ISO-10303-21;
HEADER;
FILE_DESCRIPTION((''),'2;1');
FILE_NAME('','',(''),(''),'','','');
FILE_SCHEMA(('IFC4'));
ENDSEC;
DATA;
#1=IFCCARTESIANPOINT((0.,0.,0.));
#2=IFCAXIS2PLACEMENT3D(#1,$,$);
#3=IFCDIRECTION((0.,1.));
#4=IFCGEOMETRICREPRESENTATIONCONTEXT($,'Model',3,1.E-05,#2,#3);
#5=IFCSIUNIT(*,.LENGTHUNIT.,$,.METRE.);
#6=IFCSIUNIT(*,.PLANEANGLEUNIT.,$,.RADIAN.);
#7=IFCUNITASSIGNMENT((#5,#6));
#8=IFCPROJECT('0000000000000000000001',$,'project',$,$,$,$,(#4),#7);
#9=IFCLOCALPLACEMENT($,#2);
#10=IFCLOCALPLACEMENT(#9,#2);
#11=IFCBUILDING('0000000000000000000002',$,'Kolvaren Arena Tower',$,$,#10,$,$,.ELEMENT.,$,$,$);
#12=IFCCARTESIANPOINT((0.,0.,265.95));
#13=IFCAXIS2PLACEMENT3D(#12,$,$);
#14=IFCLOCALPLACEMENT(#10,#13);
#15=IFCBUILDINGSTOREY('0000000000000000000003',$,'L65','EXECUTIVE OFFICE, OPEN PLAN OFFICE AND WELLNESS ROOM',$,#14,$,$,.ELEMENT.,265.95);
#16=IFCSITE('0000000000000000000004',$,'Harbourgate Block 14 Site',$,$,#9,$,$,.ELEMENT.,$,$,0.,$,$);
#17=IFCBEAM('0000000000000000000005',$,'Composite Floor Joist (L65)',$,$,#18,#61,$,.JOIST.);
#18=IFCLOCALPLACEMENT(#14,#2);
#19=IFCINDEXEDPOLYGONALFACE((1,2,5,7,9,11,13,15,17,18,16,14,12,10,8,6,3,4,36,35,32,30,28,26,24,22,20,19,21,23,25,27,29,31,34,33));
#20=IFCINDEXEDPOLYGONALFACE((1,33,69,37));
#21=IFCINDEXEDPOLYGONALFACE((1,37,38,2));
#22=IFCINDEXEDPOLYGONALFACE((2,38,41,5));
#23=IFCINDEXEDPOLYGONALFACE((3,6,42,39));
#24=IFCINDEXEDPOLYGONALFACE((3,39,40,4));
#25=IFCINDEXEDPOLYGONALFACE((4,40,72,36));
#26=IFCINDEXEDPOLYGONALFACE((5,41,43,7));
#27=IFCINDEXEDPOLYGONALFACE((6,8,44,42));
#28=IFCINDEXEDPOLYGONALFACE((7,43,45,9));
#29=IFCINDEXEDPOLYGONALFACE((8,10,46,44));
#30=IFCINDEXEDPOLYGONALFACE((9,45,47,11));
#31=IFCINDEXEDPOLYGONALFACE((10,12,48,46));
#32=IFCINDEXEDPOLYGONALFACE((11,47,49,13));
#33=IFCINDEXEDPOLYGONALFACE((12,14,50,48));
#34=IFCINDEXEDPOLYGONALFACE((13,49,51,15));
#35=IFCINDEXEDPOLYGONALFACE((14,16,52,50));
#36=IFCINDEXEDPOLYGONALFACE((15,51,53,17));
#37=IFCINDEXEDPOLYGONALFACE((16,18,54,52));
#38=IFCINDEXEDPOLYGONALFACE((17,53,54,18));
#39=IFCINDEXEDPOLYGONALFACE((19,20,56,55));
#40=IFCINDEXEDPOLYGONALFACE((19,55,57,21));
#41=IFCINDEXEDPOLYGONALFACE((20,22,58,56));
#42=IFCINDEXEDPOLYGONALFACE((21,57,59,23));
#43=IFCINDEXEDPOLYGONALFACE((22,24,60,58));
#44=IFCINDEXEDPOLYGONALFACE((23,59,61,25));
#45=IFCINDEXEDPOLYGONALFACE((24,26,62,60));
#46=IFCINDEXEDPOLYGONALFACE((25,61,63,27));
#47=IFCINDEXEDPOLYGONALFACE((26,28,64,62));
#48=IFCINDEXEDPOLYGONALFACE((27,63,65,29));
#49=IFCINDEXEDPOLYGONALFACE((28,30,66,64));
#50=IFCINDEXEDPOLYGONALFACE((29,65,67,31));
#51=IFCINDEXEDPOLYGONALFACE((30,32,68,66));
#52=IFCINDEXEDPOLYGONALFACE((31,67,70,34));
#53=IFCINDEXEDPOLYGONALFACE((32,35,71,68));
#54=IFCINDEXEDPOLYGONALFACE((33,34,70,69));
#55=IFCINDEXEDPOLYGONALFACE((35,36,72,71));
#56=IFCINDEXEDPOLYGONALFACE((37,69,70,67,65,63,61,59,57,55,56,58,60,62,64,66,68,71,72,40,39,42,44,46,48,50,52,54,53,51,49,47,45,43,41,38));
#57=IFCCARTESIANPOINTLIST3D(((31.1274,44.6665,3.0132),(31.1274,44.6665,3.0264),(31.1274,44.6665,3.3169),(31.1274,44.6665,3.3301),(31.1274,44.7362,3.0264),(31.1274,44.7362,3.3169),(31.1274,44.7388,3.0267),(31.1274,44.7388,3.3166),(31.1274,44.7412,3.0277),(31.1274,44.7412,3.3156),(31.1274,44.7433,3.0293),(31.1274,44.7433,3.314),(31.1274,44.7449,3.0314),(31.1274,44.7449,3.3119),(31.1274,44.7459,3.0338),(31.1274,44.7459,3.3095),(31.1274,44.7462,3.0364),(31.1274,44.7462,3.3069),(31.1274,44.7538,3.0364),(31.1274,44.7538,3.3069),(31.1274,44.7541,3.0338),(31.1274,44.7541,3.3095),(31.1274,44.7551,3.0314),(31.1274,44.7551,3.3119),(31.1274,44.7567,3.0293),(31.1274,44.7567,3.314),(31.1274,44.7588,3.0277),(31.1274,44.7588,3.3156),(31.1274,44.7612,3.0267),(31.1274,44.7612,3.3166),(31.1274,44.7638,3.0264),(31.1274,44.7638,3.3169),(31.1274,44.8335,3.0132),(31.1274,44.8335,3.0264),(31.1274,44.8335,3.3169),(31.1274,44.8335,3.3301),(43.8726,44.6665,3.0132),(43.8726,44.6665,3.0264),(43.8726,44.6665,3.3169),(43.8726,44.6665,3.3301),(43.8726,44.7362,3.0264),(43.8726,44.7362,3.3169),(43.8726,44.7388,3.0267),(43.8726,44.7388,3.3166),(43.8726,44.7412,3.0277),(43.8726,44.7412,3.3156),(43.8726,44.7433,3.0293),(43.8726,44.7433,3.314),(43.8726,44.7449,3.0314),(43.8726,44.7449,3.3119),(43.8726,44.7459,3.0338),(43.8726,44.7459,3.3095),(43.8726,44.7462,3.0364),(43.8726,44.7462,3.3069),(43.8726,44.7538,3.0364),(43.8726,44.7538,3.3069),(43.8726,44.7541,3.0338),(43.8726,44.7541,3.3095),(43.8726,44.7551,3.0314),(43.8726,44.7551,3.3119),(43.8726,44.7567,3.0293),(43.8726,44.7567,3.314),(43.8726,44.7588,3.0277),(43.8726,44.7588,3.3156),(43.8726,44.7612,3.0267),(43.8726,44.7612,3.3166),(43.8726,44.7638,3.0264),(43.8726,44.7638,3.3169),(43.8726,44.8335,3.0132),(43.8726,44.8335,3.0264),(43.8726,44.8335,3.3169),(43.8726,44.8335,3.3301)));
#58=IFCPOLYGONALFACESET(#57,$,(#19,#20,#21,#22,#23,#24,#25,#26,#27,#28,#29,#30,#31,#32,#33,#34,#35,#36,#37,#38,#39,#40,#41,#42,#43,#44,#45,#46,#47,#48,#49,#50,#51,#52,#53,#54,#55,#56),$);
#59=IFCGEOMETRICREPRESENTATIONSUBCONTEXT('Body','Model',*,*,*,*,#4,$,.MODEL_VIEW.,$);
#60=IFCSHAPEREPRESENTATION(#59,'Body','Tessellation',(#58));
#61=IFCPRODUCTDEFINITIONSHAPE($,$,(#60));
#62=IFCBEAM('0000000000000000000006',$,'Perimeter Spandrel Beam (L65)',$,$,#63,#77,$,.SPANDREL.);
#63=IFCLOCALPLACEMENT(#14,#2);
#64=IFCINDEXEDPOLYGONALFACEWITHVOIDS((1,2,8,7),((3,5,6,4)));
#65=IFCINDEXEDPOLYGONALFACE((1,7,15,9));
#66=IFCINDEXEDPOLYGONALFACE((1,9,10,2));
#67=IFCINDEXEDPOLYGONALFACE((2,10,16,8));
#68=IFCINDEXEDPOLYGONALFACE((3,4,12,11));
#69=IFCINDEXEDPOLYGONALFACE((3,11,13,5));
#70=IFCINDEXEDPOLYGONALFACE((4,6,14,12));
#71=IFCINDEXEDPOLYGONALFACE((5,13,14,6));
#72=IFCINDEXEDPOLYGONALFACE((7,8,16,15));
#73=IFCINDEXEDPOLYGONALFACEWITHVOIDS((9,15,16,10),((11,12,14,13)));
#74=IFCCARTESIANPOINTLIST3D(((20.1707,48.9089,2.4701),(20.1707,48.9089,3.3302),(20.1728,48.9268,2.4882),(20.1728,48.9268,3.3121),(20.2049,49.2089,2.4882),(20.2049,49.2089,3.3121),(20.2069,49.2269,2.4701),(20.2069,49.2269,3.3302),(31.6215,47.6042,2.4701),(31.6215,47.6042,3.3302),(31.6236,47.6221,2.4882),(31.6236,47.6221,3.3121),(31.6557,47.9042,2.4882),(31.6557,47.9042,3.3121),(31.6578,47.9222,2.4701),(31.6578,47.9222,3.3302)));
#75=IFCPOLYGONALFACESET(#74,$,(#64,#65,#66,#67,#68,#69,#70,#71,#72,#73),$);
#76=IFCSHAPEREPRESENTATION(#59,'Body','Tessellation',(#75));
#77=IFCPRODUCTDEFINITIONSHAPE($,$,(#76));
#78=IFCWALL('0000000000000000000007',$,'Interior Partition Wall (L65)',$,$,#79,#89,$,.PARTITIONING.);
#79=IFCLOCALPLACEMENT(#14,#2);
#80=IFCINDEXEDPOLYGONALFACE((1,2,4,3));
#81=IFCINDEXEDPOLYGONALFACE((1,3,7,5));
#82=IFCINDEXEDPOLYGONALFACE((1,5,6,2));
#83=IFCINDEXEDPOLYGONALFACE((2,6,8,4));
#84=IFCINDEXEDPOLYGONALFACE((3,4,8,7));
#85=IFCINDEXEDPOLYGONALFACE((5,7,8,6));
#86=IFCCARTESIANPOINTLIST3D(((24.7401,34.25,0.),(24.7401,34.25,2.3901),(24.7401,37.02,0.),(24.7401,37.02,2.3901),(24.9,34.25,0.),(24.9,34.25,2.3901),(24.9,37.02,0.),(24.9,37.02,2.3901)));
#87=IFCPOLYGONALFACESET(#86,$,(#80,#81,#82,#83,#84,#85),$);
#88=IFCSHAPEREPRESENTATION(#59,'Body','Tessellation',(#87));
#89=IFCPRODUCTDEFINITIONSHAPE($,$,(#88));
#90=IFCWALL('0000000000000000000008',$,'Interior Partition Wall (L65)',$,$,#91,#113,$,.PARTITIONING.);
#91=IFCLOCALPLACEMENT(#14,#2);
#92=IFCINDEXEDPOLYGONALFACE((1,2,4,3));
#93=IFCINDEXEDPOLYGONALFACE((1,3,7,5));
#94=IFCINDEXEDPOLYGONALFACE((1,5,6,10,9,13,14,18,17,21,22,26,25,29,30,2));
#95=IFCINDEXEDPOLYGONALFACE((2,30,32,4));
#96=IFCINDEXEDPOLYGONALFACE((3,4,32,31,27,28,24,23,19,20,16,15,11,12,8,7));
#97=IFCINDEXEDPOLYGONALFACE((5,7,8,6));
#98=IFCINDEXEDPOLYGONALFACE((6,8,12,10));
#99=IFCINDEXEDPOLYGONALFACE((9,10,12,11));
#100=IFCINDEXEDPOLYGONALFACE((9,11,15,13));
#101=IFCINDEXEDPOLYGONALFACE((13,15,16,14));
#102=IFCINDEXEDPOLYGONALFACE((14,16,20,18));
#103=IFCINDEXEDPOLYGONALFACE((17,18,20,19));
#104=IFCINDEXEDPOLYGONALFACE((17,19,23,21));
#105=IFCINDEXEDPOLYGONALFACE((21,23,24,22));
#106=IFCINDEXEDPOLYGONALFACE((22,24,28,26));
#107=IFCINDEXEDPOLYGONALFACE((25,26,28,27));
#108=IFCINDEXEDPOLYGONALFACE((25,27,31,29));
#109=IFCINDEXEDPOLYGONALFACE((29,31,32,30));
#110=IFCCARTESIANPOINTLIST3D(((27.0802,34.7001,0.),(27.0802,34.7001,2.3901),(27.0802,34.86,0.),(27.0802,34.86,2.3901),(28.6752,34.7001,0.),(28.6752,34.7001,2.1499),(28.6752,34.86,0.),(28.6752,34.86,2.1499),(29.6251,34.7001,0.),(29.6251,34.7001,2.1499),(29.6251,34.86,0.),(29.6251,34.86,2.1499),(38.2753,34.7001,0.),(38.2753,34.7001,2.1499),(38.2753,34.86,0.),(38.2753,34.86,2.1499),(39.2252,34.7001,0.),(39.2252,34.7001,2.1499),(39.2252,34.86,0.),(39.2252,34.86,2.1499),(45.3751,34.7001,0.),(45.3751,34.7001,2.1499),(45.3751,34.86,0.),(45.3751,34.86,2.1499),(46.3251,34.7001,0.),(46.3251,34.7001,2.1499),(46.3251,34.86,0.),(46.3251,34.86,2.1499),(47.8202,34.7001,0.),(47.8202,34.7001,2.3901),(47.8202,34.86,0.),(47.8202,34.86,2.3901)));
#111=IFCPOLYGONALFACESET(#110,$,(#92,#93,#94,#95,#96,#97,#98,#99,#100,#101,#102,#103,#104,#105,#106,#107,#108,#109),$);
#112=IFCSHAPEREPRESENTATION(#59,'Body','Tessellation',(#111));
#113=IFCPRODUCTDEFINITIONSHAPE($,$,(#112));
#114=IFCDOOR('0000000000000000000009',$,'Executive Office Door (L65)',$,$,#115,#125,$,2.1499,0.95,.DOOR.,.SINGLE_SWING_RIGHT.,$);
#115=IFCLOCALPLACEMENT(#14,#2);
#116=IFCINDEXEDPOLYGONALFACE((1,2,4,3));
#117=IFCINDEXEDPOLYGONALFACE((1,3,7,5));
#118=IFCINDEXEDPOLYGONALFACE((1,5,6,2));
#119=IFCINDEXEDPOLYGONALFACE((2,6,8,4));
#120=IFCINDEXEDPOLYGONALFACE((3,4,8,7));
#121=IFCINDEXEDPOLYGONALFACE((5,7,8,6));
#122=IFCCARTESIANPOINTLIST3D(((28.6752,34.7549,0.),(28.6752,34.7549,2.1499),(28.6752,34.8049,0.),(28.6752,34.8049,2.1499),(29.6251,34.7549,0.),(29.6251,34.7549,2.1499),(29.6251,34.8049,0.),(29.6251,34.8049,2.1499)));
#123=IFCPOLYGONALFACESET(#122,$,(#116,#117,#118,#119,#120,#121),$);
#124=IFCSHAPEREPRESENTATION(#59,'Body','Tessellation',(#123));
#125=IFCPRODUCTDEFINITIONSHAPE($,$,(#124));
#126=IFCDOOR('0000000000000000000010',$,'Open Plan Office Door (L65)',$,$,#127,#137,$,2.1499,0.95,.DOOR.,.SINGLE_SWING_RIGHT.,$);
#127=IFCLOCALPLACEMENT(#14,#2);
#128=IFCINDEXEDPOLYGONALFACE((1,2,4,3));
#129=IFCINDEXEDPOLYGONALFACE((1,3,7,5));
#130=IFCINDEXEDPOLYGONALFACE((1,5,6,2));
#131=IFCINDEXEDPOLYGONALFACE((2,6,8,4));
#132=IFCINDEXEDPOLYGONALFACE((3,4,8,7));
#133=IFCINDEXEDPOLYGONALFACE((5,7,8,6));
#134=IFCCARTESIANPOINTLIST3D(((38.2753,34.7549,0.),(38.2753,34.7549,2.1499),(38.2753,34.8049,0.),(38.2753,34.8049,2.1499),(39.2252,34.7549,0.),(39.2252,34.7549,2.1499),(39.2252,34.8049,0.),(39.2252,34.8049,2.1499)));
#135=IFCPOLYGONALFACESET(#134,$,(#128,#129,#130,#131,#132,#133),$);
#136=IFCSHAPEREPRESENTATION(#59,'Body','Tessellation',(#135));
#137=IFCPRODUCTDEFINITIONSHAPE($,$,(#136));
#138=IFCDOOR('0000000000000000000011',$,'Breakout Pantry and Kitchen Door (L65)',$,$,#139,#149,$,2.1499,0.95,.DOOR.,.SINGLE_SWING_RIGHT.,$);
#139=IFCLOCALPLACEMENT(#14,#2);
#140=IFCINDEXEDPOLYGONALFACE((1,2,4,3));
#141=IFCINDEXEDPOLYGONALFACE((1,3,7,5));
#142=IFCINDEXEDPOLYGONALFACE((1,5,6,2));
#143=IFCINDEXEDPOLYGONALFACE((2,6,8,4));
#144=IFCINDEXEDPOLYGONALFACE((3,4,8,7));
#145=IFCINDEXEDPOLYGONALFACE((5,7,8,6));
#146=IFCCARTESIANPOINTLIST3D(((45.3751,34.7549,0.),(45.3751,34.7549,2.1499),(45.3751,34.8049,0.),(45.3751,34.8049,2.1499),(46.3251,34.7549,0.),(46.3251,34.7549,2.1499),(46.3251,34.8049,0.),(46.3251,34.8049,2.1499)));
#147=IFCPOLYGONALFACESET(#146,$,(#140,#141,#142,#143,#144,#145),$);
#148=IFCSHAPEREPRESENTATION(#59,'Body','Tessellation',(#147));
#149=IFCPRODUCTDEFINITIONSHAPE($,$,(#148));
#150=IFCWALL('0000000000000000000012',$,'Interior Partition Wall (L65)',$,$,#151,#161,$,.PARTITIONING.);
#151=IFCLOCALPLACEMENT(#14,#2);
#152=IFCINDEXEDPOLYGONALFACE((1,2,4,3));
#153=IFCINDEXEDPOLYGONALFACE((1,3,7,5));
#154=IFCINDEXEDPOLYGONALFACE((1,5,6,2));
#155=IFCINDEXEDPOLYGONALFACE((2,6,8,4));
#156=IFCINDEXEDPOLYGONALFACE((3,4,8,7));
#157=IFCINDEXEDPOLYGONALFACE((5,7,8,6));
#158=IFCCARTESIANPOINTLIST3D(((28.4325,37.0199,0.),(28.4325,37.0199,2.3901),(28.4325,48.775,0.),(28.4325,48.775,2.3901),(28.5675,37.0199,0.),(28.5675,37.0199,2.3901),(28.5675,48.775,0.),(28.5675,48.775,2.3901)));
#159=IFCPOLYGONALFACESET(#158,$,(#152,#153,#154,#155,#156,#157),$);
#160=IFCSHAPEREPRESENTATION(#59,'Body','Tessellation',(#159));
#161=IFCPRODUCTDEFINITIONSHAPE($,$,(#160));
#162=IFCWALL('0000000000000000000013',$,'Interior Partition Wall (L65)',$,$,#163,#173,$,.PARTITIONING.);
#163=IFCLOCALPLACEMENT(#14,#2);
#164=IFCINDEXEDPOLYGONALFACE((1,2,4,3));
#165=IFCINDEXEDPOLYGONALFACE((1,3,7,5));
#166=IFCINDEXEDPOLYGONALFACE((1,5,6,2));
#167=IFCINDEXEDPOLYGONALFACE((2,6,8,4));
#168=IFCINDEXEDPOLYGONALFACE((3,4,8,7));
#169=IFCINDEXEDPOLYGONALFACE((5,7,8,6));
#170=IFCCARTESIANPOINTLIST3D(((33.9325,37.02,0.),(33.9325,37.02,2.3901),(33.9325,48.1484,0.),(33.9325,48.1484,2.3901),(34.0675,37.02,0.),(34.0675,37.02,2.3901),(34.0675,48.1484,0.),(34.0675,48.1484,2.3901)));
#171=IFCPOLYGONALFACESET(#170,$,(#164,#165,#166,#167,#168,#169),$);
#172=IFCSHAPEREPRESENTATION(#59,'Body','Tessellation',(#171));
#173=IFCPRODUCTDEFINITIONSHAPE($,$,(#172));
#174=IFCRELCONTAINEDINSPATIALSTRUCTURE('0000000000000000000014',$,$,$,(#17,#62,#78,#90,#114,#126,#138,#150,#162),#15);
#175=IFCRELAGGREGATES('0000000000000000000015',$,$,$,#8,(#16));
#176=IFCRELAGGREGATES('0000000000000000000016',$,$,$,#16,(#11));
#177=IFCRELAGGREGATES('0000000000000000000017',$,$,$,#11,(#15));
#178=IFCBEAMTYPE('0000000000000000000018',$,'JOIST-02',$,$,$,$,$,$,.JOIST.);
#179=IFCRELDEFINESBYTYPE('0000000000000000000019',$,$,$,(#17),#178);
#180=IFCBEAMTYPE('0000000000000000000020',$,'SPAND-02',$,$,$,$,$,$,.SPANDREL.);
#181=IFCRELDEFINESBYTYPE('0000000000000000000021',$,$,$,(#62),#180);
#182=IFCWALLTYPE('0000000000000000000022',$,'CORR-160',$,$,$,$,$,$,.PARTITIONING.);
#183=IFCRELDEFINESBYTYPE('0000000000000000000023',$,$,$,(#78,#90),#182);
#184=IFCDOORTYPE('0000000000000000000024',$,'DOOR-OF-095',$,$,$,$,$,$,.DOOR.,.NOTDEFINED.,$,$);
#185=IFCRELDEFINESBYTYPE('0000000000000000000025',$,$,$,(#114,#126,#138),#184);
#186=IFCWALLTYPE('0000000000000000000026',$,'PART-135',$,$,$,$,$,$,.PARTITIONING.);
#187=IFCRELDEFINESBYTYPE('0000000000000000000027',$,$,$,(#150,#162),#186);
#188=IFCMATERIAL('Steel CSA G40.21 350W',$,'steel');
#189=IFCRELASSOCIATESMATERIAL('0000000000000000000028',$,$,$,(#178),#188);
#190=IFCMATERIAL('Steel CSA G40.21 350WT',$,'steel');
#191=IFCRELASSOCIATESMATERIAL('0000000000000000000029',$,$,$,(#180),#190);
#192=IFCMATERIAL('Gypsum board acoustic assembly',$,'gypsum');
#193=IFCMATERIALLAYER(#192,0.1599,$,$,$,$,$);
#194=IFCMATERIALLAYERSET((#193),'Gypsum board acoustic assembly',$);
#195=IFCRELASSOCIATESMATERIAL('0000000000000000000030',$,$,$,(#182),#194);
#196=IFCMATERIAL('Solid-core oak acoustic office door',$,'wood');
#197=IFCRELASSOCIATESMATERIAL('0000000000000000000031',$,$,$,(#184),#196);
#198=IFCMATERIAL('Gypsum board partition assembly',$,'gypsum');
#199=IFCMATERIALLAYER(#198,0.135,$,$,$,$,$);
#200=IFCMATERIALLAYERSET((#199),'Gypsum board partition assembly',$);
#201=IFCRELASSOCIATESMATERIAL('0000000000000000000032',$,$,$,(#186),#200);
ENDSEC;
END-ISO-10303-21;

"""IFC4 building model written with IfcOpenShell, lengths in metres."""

from ifc_helpers import new_model, si_unit, direction, frame, frame_2d, origin, origin_2d, place, context, subcontext, project, spatial, rectangle, hollow_rectangle, i_section, extrude, material, layer, layer_set, material_profile, profile_set, type_object, element, fill, save


model = new_model("IFC4")

# Units and contexts
model_context = context("Model", 3, precision=1e-05, world=origin(), true_north=direction((0.0, 1.0)))
body_context = subcontext(model_context, "Body", "Model", "MODEL_VIEW")
ifc_project = project(units=[si_unit("LENGTHUNIT", "METRE"), si_unit("PLANEANGLEUNIT", "RADIAN")], contexts=[model_context])

# Site, building, storey
site_placement = place(None, origin())
site = spatial("IfcSite", under=ifc_project, at=site_placement, Name="Harbourgate Block 14 Site", CompositionType="ELEMENT", RefElevation=0.0)
building_placement = place(site_placement, origin())
building = spatial("IfcBuilding", under=site, at=building_placement, Name="Kolvaren Arena Tower", CompositionType="ELEMENT")
storey_placement = place(building_placement, frame((0.0, 0.0, 265.95)))
storey = spatial("IfcBuildingStorey", under=building, at=storey_placement, Name="L65", Description="EXECUTIVE OFFICE, OPEN PLAN OFFICE AND WELLNESS ROOM", CompositionType="ELEMENT", Elevation=265.95)

# Beams
ifc_material_1 = material(Name="Steel CSA G40.21 350W", Category="steel")
ifc_material_profile_1 = material_profile(ifc_material_1, i_section(OverallWidth=0.167, OverallDepth=0.3169, WebThickness=0.0076, FlangeThickness=0.0132, FilletRadius=0.01, at=origin_2d()), Name="W310x52")
ifc_profile_set_1 = profile_set([ifc_material_profile_1], Name="Steel CSA G40.21 350W")
beam_type_1 = type_object("IfcBeamType", Name="JOIST-02", PredefinedType="JOIST", material=ifc_profile_set_1)
beam_1_placement = place(storey_placement, frame((31.1274, 44.75, 3.1716), z_axis=(1.0, 0.0, 0.0), x_axis=(0.0, 1.0, 0.0)))
element("IfcBeam", 1, at=beam_1_placement, inside=storey, type_object=beam_type_1, Name="Composite Floor Joist (L65)", PredefinedType="JOIST", context=body_context, shape_type="SweptSolid", body=[
    extrude(i_section(OverallWidth=0.167, OverallDepth=0.3169, WebThickness=0.0076, FlangeThickness=0.0132, FilletRadius=0.01, at=origin_2d()), origin(), (0.0, 0.0, 1.0), 12.7451),
])
ifc_material_2 = material(Name="Steel CSA G40.21 350WT", Category="steel")
ifc_material_profile_2 = material_profile(ifc_material_2, hollow_rectangle(XDim=0.3201, YDim=0.8601, WallThickness=0.0181, at=origin_2d()), Name="HSS 860x320x18")
ifc_profile_set_2 = profile_set([ifc_material_profile_2], Name="Steel CSA G40.21 350WT")
beam_type_2 = type_object("IfcBeamType", Name="SPAND-02", PredefinedType="SPANDREL", material=ifc_profile_set_2)
beam_2_placement = place(storey_placement, frame((31.6396, 47.7632, 2.9001), z_axis=(-0.993572, 0.113205, 0.0), x_axis=(-0.113205, -0.993572, 0.0)))
element("IfcBeam", 2, at=beam_2_placement, inside=storey, type_object=beam_type_2, Name="Perimeter Spandrel Beam (L65)", PredefinedType="SPANDREL", context=body_context, shape_type="SweptSolid", body=[
    extrude(hollow_rectangle(XDim=0.3201, YDim=0.8601, WallThickness=0.0181, at=origin_2d()), origin(), (0.0, 0.0, 1.0), 11.5249),
])

# Wall
ifc_material_3 = material(Name="Gypsum board acoustic assembly", Category="gypsum")
ifc_layer_1 = layer(ifc_material_3, 0.1599)
ifc_layer_set_1 = layer_set([ifc_layer_1], Name="Gypsum board acoustic assembly")
wall_type_1 = type_object("IfcWallType", Name="CORR-160", PredefinedType="PARTITIONING", material=ifc_layer_set_1)
wall_1_placement = place(storey_placement, frame((24.8201, 34.25, 0.0), z_axis=(0.0, 0.0, 1.0), x_axis=(0.0, 1.0, 0.0)))
element("IfcWall", 3, at=wall_1_placement, inside=storey, type_object=wall_type_1, Name="Interior Partition Wall (L65)", PredefinedType="PARTITIONING", context=body_context, shape_type="SweptSolid", body=[
    extrude(rectangle(XDim=2.77, YDim=0.1599, at=frame_2d((1.385, 0.0))), origin(), (0.0, 0.0, 1.0), 2.3901),
])

# Wall, openings, doors
ifc_material_4 = material(Name="Solid-core oak acoustic office door", Category="wood")
door_type = type_object("IfcDoorType", Name="DOOR-OF-095", OperationType="NOTDEFINED", PredefinedType="DOOR", material=ifc_material_4)
wall_2_placement = place(storey_placement, frame((27.0801, 34.78, 0.0), z_axis=(0.0, 0.0, 1.0), x_axis=(1.0, 0.0, 0.0)))
wall_2 = element("IfcWall", 4, at=wall_2_placement, inside=storey, type_object=wall_type_1, Name="Interior Partition Wall (L65)", PredefinedType="PARTITIONING", context=body_context, shape_type="SweptSolid", body=[
    extrude(rectangle(XDim=20.74, YDim=0.1599, at=frame_2d((10.3701, 0.0))), origin(), (0.0, 0.0, 1.0), 2.3901),
])
opening_1_placement = place(wall_2_placement, frame((1.595, 0.0, 0.0)))
opening_1 = element("IfcOpeningElement", 5, at=opening_1_placement, cuts=wall_2, PredefinedType="OPENING", context=body_context, shape_type="SweptSolid", body=[
    extrude(rectangle(XDim=0.95, YDim=2.1499, at=frame_2d((0.4751, 1.075))), frame((0.0, 0.0898, 0.0), z_axis=(0.0, -1.0, 0.0), x_axis=(1.0, 0.0, 0.0)), (0.0, 0.0, 1.0), 0.1799),
])
opening_2_placement = place(wall_2_placement, frame((11.1951, 0.0, 0.0)))
opening_2 = element("IfcOpeningElement", 6, at=opening_2_placement, cuts=wall_2, PredefinedType="OPENING", context=body_context, shape_type="SweptSolid", body=[
    extrude(rectangle(XDim=0.95, YDim=2.1499, at=frame_2d((0.4751, 1.075))), frame((0.0, 0.0898, 0.0), z_axis=(0.0, -1.0, 0.0), x_axis=(1.0, 0.0, 0.0)), (0.0, 0.0, 1.0), 0.1799),
])
opening_3_placement = place(wall_2_placement, frame((18.2949, 0.0, 0.0)))
opening_3 = element("IfcOpeningElement", 7, at=opening_3_placement, cuts=wall_2, PredefinedType="OPENING", context=body_context, shape_type="SweptSolid", body=[
    extrude(rectangle(XDim=0.95, YDim=2.1499, at=frame_2d((0.4751, 1.075))), frame((0.0, 0.0898, 0.0), z_axis=(0.0, -1.0, 0.0), x_axis=(1.0, 0.0, 0.0)), (0.0, 0.0, 1.0), 0.1799),
])
door_1_placement = place(opening_1_placement, origin())
door_1 = element("IfcDoor", 8, at=door_1_placement, inside=storey, type_object=door_type, Name="Executive Office Door (L65)", OperationType="SINGLE_SWING_RIGHT", OverallHeight=2.1499, OverallWidth=0.95, PredefinedType="DOOR", context=body_context, shape_type="SweptSolid", body=[
    extrude(rectangle(XDim=0.95, YDim=2.1499, at=frame_2d((0.4751, 1.075))), frame((0.0, 0.0249, 0.0), z_axis=(0.0, -1.0, 0.0), x_axis=(1.0, 0.0, 0.0)), (0.0, 0.0, 1.0), 0.05),
])
fill(opening_1, door_1)
door_2_placement = place(opening_2_placement, origin())
door_2 = element("IfcDoor", 9, at=door_2_placement, inside=storey, type_object=door_type, Name="Open Plan Office Door (L65)", OperationType="SINGLE_SWING_RIGHT", OverallHeight=2.1499, OverallWidth=0.95, PredefinedType="DOOR", context=body_context, shape_type="SweptSolid", body=[
    extrude(rectangle(XDim=0.95, YDim=2.1499, at=frame_2d((0.4751, 1.075))), frame((0.0, 0.0249, 0.0), z_axis=(0.0, -1.0, 0.0), x_axis=(1.0, 0.0, 0.0)), (0.0, 0.0, 1.0), 0.05),
])
fill(opening_2, door_2)
door_3_placement = place(opening_3_placement, origin())
door_3 = element("IfcDoor", 10, at=door_3_placement, inside=storey, type_object=door_type, Name="Breakout Pantry and Kitchen Door (L65)", OperationType="SINGLE_SWING_RIGHT", OverallHeight=2.1499, OverallWidth=0.95, PredefinedType="DOOR", context=body_context, shape_type="SweptSolid", body=[
    extrude(rectangle(XDim=0.95, YDim=2.1499, at=frame_2d((0.4751, 1.075))), frame((0.0, 0.0249, 0.0), z_axis=(0.0, -1.0, 0.0), x_axis=(1.0, 0.0, 0.0)), (0.0, 0.0, 1.0), 0.05),
])
fill(opening_3, door_3)

# Walls
ifc_material_5 = material(Name="Gypsum board partition assembly", Category="gypsum")
ifc_layer_2 = layer(ifc_material_5, 0.135)
ifc_layer_set_2 = layer_set([ifc_layer_2], Name="Gypsum board partition assembly")
wall_type_2 = type_object("IfcWallType", Name="PART-135", PredefinedType="PARTITIONING", material=ifc_layer_set_2)
wall_3_placement = place(storey_placement, frame((28.5, 37.02, 0.0), z_axis=(0.0, 0.0, 1.0), x_axis=(0.0, 1.0, 0.0)))
element("IfcWall", 11, at=wall_3_placement, inside=storey, type_object=wall_type_2, Name="Interior Partition Wall (L65)", PredefinedType="PARTITIONING", context=body_context, shape_type="SweptSolid", body=[
    extrude(rectangle(XDim=11.7551, YDim=0.135, at=frame_2d((5.8774, 0.0))), origin(), (0.0, 0.0, 1.0), 2.3901),
])
wall_4_placement = place(storey_placement, frame((34.0, 37.02, 0.0), z_axis=(0.0, 0.0, 1.0), x_axis=(0.0, 1.0, 0.0)))
element("IfcWall", 12, at=wall_4_placement, inside=storey, type_object=wall_type_2, Name="Interior Partition Wall (L65)", PredefinedType="PARTITIONING", context=body_context, shape_type="SweptSolid", body=[
    extrude(rectangle(XDim=11.1284, YDim=0.135, at=frame_2d((5.5642, 0.0))), origin(), (0.0, 0.0, 1.0), 2.3901),
])

save(model, "model.ifc")
